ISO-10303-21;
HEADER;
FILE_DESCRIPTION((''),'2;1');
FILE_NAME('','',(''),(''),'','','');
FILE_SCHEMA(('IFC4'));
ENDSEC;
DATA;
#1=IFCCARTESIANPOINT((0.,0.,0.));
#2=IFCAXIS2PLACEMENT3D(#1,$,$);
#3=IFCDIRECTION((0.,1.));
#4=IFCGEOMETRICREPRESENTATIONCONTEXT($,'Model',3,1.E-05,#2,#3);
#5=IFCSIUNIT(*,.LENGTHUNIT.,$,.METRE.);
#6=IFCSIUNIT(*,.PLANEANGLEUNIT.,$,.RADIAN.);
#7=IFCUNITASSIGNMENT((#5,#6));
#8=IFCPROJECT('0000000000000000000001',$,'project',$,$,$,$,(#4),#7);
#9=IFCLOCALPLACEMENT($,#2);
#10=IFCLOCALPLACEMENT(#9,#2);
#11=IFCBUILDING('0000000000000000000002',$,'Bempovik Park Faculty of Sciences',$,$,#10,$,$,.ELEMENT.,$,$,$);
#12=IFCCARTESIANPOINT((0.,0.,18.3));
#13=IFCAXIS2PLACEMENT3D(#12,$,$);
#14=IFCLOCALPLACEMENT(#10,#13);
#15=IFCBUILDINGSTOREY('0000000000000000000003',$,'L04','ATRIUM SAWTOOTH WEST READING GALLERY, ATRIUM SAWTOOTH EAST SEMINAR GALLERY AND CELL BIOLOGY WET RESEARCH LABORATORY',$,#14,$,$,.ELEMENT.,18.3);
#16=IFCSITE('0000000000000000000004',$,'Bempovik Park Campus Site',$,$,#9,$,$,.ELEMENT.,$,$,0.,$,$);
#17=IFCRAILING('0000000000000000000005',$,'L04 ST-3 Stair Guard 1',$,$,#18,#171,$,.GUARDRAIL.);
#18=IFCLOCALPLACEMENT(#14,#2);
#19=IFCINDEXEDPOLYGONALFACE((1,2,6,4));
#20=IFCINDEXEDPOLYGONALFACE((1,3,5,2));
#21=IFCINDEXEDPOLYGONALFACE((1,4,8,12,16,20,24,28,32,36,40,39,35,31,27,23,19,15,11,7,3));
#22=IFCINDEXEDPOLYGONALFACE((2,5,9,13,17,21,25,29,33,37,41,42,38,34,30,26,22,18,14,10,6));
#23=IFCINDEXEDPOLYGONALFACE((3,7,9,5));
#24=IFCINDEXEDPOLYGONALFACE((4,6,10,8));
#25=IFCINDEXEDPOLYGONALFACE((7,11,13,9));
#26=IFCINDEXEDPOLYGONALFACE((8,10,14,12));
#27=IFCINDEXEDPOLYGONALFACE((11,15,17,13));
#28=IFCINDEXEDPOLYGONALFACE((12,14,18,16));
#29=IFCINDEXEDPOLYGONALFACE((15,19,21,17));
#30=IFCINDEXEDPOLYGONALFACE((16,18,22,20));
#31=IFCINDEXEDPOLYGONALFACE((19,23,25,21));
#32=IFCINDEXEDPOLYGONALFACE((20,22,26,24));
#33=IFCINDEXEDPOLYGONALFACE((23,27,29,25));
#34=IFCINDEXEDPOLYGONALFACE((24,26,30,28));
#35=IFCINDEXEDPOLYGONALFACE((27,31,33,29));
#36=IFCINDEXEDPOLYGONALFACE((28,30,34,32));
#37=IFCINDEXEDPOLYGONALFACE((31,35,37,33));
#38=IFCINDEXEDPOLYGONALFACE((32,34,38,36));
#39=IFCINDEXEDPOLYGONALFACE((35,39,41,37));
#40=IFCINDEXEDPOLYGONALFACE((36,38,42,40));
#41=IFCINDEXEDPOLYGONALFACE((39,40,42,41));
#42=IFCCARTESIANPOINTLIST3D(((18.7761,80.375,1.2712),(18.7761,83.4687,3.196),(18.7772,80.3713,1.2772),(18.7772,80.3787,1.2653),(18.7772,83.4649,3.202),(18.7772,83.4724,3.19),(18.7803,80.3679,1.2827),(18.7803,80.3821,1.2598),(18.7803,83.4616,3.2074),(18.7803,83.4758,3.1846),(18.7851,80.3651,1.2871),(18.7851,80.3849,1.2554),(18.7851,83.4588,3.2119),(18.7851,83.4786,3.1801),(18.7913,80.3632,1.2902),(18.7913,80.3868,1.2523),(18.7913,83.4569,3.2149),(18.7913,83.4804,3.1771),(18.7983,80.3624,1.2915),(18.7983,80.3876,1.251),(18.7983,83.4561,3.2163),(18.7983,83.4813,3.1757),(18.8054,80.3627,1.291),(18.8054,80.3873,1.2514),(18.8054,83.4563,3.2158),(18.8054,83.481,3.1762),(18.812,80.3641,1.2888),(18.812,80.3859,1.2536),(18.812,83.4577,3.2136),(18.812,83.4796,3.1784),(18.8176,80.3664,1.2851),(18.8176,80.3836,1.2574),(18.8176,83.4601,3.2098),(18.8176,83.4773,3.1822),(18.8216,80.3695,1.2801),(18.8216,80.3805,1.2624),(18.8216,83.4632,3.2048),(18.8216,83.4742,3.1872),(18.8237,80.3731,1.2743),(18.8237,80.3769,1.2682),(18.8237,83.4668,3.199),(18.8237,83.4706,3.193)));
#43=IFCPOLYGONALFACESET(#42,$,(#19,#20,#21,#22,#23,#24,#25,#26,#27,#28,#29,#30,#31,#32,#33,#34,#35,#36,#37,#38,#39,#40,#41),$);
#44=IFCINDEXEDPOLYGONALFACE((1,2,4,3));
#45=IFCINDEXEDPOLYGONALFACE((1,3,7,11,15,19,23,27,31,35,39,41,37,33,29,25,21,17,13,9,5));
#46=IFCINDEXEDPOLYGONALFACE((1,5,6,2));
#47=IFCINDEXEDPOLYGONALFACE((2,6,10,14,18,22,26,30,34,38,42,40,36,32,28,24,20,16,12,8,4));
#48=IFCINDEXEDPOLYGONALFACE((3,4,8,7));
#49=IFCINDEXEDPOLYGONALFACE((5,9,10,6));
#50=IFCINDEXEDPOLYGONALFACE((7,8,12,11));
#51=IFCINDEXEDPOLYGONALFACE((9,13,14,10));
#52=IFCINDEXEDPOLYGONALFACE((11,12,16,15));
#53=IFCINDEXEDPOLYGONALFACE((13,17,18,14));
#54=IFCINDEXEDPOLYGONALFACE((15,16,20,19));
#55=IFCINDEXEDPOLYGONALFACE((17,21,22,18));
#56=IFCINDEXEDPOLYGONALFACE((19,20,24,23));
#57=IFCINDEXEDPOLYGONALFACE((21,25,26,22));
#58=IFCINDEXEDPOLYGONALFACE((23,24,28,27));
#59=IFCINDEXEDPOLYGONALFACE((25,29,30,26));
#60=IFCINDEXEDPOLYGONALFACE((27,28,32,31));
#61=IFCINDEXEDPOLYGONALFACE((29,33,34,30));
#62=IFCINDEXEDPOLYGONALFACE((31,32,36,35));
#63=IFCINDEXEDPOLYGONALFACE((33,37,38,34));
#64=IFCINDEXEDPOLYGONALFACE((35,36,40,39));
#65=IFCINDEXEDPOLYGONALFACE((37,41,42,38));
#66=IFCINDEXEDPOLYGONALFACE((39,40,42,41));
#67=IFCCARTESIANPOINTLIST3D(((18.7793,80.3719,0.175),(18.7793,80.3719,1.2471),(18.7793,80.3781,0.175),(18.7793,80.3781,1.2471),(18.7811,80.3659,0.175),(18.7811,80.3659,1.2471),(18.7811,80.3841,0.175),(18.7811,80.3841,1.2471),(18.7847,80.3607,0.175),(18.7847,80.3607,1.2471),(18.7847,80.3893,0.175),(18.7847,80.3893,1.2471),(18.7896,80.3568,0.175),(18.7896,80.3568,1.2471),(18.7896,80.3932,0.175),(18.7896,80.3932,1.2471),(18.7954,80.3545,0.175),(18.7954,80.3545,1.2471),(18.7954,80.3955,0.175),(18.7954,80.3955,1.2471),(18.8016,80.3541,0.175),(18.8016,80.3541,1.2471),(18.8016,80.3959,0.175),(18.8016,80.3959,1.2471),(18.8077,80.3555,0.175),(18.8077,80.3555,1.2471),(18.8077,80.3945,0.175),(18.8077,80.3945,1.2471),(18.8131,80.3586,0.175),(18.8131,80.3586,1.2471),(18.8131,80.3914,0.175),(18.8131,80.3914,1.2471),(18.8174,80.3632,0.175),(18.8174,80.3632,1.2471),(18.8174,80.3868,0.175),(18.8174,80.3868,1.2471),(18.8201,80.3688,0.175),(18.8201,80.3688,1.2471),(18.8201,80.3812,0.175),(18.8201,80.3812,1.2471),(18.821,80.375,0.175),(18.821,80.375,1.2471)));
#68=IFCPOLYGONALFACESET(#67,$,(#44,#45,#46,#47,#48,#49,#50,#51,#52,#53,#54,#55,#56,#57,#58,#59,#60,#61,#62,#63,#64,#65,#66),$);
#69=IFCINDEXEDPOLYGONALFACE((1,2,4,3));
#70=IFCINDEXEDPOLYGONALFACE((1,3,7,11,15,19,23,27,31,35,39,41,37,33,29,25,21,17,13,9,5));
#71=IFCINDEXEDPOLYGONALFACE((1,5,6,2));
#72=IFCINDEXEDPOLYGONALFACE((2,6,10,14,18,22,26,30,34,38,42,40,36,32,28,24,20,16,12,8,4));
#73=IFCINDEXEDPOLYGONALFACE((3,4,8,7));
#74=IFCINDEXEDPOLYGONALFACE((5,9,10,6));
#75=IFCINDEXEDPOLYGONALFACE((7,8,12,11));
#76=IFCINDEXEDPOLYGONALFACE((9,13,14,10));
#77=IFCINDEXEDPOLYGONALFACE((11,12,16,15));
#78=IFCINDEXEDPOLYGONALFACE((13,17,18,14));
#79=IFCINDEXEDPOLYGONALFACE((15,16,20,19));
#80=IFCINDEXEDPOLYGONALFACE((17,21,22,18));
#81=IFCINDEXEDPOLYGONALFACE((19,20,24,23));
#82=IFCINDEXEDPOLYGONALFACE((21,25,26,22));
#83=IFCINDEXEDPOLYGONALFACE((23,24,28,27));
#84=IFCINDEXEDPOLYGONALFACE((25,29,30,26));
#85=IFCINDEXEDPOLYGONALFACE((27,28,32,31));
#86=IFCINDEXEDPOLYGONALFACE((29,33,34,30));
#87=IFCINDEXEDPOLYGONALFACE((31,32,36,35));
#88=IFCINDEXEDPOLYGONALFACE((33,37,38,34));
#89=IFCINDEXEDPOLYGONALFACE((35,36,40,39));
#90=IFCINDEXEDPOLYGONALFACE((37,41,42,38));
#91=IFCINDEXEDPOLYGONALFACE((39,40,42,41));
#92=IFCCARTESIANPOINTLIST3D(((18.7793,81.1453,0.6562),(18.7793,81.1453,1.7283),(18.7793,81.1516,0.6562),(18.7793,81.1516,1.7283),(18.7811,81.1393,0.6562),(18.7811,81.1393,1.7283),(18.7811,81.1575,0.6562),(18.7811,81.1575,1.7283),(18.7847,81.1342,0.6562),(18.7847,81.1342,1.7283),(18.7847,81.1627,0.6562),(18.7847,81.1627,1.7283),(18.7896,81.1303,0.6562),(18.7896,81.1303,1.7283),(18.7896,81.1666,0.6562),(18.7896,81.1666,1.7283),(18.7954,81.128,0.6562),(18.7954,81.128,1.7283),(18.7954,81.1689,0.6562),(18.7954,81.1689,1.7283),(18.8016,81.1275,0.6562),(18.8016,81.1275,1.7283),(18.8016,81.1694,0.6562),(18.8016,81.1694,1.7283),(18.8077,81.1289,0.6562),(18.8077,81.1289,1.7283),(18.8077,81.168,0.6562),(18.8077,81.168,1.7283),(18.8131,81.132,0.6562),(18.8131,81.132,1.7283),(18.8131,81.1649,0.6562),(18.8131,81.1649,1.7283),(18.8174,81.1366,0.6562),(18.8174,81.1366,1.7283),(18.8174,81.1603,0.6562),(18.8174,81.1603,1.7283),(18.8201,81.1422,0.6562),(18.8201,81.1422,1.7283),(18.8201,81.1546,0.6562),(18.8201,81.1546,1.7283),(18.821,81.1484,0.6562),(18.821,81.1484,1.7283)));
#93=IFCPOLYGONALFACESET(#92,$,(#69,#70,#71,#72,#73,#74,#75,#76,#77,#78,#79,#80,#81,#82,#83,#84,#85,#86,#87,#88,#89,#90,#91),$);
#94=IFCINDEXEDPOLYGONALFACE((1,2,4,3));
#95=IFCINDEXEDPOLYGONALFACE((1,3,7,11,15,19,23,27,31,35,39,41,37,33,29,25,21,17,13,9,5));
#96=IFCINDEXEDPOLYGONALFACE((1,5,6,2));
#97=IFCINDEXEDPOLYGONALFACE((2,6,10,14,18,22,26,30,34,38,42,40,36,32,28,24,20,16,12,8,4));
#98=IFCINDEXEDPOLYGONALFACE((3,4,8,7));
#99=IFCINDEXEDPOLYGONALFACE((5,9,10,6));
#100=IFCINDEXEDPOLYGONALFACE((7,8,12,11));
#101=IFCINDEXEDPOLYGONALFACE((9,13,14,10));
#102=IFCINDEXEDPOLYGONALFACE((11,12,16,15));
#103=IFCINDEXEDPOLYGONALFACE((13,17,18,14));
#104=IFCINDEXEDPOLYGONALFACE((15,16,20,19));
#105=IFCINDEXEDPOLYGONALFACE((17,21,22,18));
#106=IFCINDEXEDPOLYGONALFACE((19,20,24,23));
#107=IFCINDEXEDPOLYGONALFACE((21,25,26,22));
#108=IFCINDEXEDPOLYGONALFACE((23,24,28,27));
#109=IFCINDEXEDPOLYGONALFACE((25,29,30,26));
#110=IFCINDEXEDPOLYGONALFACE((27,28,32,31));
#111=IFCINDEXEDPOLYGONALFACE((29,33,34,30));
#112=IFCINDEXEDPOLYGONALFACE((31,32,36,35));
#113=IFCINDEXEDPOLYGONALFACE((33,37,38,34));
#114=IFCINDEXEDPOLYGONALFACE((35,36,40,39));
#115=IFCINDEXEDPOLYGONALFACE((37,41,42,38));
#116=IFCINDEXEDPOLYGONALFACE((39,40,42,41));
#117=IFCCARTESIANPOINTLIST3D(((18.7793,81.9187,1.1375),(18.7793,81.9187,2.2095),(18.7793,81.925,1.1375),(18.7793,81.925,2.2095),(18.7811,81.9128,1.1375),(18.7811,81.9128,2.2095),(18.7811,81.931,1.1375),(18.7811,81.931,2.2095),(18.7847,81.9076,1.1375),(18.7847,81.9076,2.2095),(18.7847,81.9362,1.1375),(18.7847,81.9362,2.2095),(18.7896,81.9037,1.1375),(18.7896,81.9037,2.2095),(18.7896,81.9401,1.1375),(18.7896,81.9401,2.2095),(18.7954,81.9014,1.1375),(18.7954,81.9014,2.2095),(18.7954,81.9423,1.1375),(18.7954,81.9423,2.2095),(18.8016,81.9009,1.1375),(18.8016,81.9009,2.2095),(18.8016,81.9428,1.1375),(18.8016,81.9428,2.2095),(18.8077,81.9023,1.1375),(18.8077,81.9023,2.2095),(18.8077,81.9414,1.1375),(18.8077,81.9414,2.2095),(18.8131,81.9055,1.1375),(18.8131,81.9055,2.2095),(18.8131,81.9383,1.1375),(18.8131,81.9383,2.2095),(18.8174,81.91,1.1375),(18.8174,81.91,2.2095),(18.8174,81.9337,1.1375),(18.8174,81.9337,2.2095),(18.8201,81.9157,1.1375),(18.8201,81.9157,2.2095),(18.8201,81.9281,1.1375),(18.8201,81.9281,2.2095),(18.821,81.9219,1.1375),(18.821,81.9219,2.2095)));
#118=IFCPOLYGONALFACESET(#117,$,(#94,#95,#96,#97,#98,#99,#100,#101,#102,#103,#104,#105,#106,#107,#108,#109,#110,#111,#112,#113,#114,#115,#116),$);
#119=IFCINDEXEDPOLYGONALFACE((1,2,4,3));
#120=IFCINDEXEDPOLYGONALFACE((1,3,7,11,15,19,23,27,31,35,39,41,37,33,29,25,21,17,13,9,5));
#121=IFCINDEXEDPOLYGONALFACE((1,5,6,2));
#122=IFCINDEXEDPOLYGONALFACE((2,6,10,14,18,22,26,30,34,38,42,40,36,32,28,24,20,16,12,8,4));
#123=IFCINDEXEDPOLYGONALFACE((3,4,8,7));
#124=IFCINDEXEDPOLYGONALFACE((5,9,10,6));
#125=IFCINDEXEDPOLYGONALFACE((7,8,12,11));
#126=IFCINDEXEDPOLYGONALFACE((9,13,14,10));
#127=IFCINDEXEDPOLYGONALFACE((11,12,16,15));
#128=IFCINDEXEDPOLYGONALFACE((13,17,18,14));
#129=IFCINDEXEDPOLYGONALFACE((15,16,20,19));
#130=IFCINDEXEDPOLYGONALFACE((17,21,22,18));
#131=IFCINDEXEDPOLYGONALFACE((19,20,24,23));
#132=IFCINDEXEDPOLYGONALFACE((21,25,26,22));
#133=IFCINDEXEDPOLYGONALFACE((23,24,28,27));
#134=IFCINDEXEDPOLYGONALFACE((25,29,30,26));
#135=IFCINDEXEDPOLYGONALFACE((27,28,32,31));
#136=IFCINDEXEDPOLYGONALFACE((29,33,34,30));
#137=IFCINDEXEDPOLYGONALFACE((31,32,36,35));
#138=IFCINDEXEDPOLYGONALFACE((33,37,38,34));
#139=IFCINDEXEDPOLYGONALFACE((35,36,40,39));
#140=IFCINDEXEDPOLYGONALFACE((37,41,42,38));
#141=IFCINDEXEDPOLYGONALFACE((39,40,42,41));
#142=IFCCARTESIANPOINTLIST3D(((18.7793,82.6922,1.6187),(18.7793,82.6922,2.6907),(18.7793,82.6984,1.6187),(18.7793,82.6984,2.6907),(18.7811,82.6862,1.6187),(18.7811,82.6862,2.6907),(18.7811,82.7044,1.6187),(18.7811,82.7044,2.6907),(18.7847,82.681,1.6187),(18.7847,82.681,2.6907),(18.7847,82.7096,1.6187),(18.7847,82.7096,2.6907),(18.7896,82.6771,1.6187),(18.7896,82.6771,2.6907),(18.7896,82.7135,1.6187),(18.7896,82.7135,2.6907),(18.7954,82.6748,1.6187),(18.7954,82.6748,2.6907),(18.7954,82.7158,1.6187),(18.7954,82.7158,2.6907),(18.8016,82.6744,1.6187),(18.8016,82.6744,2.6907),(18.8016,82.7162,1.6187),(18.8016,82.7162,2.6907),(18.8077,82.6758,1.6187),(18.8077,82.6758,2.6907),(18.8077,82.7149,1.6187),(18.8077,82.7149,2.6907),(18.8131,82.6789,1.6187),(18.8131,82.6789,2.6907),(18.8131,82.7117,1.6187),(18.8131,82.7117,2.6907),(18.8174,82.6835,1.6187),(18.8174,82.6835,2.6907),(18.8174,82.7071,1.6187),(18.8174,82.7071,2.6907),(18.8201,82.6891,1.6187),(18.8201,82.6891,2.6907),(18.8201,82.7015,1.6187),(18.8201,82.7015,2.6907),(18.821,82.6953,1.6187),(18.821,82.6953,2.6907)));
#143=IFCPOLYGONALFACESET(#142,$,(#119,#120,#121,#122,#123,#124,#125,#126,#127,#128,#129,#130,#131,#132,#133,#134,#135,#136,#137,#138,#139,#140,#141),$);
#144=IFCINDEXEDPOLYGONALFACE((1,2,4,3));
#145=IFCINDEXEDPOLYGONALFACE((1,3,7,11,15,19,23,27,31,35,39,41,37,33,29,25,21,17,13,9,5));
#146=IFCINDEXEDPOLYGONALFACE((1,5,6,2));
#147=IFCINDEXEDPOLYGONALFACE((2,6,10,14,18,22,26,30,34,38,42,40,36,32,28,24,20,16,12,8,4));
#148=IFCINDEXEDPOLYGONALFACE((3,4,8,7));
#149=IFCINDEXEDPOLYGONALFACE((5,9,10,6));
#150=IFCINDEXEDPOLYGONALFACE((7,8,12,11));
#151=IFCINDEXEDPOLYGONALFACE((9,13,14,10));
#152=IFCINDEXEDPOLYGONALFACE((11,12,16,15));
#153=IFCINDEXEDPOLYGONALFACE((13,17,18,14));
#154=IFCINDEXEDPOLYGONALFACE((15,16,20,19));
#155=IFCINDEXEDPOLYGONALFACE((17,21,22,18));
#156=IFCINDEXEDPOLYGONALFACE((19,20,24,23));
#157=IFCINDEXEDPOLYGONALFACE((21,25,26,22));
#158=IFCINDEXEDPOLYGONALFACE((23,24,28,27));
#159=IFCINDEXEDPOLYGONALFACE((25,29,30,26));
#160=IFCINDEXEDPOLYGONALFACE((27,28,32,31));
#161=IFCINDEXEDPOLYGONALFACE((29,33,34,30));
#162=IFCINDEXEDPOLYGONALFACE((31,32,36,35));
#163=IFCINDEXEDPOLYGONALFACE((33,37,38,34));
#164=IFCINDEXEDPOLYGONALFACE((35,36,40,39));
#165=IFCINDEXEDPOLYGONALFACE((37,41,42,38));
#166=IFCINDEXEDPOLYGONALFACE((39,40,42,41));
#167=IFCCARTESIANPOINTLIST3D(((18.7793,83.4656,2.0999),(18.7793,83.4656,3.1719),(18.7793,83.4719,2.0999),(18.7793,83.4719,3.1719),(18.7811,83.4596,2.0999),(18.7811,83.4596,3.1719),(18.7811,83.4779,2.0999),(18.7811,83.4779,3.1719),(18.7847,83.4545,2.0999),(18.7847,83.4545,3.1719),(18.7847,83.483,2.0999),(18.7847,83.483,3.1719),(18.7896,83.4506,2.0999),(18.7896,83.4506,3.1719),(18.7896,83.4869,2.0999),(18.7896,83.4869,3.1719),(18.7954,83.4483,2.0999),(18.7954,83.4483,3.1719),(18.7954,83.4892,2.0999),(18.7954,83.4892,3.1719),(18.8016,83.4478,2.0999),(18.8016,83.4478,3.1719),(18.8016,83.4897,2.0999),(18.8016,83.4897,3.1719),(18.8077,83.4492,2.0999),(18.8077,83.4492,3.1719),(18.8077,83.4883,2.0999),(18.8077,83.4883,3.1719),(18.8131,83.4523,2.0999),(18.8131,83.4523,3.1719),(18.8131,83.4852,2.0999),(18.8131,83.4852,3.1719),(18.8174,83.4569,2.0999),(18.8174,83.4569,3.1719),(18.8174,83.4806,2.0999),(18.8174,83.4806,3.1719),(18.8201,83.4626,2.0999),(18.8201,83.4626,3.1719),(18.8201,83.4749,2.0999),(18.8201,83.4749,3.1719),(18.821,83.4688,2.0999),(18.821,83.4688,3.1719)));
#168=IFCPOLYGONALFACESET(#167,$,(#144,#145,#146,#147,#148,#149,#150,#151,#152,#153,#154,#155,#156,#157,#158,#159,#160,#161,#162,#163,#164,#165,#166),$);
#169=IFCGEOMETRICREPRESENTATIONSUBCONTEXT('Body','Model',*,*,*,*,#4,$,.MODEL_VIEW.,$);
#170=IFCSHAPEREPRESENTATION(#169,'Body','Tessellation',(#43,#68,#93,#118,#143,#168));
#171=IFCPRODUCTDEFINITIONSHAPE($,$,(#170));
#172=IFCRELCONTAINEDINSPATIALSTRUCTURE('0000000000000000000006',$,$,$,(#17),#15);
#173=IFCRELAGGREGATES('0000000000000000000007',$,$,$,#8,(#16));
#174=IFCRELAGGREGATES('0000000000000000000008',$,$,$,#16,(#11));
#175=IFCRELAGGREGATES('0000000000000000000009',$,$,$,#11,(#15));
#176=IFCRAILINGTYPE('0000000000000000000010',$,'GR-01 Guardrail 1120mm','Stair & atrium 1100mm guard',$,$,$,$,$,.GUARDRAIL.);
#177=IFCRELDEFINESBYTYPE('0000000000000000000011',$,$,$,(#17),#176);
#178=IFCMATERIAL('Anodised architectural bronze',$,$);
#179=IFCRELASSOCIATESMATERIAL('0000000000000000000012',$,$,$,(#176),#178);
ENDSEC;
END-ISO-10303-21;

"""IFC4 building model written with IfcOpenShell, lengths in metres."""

from ifc_helpers import new_model, si_unit, direction, frame, origin, origin_2d, place, context, subcontext, project, spatial, circle, extrude, material, type_object, element, save


model = new_model("IFC4")

# Units and contexts
model_context = context("Model", 3, precision=1e-05, world=origin(), true_north=direction((0.0, 1.0)))
body_context = subcontext(model_context, "Body", "Model", "MODEL_VIEW")
ifc_project = project(units=[si_unit("LENGTHUNIT", "METRE"), si_unit("PLANEANGLEUNIT", "RADIAN")], contexts=[model_context])

# Site, building, storey
site_placement = place(None, origin())
site = spatial("IfcSite", under=ifc_project, at=site_placement, Name="Bempovik Park Campus Site", CompositionType="ELEMENT", RefElevation=0.0)
building_placement = place(site_placement, origin())
building = spatial("IfcBuilding", under=site, at=building_placement, Name="Bempovik Park Faculty of Sciences", CompositionType="ELEMENT")
storey_placement = place(building_placement, frame((0.0, 0.0, 18.3)))
storey = spatial("IfcBuildingStorey", under=building, at=storey_placement, Name="L04", Description="ATRIUM SAWTOOTH WEST READING GALLERY, ATRIUM SAWTOOTH EAST SEMINAR GALLERY AND CELL BIOLOGY WET RESEARCH LABORATORY", CompositionType="ELEMENT", Elevation=18.3)

# Railing
ifc_material_1 = material(Name="Anodised architectural bronze")
railing_type_1 = type_object("IfcRailingType", Name="GR-01 Guardrail 1120mm", Description="Stair & atrium 1100mm guard", PredefinedType="GUARDRAIL", material=ifc_material_1)
railing_1_placement = place(storey_placement, frame((18.8, 80.375, 0.175)))
element("IfcRailing", 1, at=railing_1_placement, inside=storey, type_object=railing_type_1, Name="L04 ST-3 Stair Guard 1", PredefinedType="GUARDRAIL", context=body_context, shape_type="SweptSolid", body=[
    extrude(circle(Radius=0.0239, at=origin_2d()), frame((0.0, 0.0, 1.0962), z_axis=(0.0, 0.849081, 0.528263), x_axis=(-1.0, 0.0, 0.0)), (0.0, 0.0, 1.0), 3.6436),
    extrude(circle(Radius=0.021, at=origin_2d()), origin(), (0.0, 0.0, 1.0), 1.072),
    extrude(circle(Radius=0.021, at=origin_2d()), frame((0.0, 0.7734, 0.4812)), (0.0, 0.0, 1.0), 1.072),
    extrude(circle(Radius=0.021, at=origin_2d()), frame((0.0, 1.5469, 0.9624)), (0.0, 0.0, 1.0), 1.072),
    extrude(circle(Radius=0.021, at=origin_2d()), frame((0.0, 2.3203, 1.4436)), (0.0, 0.0, 1.0), 1.072),
    extrude(circle(Radius=0.021, at=origin_2d()), frame((0.0, 3.0938, 1.9248)), (0.0, 0.0, 1.0), 1.072),
])

save(model, "model.ifc")
